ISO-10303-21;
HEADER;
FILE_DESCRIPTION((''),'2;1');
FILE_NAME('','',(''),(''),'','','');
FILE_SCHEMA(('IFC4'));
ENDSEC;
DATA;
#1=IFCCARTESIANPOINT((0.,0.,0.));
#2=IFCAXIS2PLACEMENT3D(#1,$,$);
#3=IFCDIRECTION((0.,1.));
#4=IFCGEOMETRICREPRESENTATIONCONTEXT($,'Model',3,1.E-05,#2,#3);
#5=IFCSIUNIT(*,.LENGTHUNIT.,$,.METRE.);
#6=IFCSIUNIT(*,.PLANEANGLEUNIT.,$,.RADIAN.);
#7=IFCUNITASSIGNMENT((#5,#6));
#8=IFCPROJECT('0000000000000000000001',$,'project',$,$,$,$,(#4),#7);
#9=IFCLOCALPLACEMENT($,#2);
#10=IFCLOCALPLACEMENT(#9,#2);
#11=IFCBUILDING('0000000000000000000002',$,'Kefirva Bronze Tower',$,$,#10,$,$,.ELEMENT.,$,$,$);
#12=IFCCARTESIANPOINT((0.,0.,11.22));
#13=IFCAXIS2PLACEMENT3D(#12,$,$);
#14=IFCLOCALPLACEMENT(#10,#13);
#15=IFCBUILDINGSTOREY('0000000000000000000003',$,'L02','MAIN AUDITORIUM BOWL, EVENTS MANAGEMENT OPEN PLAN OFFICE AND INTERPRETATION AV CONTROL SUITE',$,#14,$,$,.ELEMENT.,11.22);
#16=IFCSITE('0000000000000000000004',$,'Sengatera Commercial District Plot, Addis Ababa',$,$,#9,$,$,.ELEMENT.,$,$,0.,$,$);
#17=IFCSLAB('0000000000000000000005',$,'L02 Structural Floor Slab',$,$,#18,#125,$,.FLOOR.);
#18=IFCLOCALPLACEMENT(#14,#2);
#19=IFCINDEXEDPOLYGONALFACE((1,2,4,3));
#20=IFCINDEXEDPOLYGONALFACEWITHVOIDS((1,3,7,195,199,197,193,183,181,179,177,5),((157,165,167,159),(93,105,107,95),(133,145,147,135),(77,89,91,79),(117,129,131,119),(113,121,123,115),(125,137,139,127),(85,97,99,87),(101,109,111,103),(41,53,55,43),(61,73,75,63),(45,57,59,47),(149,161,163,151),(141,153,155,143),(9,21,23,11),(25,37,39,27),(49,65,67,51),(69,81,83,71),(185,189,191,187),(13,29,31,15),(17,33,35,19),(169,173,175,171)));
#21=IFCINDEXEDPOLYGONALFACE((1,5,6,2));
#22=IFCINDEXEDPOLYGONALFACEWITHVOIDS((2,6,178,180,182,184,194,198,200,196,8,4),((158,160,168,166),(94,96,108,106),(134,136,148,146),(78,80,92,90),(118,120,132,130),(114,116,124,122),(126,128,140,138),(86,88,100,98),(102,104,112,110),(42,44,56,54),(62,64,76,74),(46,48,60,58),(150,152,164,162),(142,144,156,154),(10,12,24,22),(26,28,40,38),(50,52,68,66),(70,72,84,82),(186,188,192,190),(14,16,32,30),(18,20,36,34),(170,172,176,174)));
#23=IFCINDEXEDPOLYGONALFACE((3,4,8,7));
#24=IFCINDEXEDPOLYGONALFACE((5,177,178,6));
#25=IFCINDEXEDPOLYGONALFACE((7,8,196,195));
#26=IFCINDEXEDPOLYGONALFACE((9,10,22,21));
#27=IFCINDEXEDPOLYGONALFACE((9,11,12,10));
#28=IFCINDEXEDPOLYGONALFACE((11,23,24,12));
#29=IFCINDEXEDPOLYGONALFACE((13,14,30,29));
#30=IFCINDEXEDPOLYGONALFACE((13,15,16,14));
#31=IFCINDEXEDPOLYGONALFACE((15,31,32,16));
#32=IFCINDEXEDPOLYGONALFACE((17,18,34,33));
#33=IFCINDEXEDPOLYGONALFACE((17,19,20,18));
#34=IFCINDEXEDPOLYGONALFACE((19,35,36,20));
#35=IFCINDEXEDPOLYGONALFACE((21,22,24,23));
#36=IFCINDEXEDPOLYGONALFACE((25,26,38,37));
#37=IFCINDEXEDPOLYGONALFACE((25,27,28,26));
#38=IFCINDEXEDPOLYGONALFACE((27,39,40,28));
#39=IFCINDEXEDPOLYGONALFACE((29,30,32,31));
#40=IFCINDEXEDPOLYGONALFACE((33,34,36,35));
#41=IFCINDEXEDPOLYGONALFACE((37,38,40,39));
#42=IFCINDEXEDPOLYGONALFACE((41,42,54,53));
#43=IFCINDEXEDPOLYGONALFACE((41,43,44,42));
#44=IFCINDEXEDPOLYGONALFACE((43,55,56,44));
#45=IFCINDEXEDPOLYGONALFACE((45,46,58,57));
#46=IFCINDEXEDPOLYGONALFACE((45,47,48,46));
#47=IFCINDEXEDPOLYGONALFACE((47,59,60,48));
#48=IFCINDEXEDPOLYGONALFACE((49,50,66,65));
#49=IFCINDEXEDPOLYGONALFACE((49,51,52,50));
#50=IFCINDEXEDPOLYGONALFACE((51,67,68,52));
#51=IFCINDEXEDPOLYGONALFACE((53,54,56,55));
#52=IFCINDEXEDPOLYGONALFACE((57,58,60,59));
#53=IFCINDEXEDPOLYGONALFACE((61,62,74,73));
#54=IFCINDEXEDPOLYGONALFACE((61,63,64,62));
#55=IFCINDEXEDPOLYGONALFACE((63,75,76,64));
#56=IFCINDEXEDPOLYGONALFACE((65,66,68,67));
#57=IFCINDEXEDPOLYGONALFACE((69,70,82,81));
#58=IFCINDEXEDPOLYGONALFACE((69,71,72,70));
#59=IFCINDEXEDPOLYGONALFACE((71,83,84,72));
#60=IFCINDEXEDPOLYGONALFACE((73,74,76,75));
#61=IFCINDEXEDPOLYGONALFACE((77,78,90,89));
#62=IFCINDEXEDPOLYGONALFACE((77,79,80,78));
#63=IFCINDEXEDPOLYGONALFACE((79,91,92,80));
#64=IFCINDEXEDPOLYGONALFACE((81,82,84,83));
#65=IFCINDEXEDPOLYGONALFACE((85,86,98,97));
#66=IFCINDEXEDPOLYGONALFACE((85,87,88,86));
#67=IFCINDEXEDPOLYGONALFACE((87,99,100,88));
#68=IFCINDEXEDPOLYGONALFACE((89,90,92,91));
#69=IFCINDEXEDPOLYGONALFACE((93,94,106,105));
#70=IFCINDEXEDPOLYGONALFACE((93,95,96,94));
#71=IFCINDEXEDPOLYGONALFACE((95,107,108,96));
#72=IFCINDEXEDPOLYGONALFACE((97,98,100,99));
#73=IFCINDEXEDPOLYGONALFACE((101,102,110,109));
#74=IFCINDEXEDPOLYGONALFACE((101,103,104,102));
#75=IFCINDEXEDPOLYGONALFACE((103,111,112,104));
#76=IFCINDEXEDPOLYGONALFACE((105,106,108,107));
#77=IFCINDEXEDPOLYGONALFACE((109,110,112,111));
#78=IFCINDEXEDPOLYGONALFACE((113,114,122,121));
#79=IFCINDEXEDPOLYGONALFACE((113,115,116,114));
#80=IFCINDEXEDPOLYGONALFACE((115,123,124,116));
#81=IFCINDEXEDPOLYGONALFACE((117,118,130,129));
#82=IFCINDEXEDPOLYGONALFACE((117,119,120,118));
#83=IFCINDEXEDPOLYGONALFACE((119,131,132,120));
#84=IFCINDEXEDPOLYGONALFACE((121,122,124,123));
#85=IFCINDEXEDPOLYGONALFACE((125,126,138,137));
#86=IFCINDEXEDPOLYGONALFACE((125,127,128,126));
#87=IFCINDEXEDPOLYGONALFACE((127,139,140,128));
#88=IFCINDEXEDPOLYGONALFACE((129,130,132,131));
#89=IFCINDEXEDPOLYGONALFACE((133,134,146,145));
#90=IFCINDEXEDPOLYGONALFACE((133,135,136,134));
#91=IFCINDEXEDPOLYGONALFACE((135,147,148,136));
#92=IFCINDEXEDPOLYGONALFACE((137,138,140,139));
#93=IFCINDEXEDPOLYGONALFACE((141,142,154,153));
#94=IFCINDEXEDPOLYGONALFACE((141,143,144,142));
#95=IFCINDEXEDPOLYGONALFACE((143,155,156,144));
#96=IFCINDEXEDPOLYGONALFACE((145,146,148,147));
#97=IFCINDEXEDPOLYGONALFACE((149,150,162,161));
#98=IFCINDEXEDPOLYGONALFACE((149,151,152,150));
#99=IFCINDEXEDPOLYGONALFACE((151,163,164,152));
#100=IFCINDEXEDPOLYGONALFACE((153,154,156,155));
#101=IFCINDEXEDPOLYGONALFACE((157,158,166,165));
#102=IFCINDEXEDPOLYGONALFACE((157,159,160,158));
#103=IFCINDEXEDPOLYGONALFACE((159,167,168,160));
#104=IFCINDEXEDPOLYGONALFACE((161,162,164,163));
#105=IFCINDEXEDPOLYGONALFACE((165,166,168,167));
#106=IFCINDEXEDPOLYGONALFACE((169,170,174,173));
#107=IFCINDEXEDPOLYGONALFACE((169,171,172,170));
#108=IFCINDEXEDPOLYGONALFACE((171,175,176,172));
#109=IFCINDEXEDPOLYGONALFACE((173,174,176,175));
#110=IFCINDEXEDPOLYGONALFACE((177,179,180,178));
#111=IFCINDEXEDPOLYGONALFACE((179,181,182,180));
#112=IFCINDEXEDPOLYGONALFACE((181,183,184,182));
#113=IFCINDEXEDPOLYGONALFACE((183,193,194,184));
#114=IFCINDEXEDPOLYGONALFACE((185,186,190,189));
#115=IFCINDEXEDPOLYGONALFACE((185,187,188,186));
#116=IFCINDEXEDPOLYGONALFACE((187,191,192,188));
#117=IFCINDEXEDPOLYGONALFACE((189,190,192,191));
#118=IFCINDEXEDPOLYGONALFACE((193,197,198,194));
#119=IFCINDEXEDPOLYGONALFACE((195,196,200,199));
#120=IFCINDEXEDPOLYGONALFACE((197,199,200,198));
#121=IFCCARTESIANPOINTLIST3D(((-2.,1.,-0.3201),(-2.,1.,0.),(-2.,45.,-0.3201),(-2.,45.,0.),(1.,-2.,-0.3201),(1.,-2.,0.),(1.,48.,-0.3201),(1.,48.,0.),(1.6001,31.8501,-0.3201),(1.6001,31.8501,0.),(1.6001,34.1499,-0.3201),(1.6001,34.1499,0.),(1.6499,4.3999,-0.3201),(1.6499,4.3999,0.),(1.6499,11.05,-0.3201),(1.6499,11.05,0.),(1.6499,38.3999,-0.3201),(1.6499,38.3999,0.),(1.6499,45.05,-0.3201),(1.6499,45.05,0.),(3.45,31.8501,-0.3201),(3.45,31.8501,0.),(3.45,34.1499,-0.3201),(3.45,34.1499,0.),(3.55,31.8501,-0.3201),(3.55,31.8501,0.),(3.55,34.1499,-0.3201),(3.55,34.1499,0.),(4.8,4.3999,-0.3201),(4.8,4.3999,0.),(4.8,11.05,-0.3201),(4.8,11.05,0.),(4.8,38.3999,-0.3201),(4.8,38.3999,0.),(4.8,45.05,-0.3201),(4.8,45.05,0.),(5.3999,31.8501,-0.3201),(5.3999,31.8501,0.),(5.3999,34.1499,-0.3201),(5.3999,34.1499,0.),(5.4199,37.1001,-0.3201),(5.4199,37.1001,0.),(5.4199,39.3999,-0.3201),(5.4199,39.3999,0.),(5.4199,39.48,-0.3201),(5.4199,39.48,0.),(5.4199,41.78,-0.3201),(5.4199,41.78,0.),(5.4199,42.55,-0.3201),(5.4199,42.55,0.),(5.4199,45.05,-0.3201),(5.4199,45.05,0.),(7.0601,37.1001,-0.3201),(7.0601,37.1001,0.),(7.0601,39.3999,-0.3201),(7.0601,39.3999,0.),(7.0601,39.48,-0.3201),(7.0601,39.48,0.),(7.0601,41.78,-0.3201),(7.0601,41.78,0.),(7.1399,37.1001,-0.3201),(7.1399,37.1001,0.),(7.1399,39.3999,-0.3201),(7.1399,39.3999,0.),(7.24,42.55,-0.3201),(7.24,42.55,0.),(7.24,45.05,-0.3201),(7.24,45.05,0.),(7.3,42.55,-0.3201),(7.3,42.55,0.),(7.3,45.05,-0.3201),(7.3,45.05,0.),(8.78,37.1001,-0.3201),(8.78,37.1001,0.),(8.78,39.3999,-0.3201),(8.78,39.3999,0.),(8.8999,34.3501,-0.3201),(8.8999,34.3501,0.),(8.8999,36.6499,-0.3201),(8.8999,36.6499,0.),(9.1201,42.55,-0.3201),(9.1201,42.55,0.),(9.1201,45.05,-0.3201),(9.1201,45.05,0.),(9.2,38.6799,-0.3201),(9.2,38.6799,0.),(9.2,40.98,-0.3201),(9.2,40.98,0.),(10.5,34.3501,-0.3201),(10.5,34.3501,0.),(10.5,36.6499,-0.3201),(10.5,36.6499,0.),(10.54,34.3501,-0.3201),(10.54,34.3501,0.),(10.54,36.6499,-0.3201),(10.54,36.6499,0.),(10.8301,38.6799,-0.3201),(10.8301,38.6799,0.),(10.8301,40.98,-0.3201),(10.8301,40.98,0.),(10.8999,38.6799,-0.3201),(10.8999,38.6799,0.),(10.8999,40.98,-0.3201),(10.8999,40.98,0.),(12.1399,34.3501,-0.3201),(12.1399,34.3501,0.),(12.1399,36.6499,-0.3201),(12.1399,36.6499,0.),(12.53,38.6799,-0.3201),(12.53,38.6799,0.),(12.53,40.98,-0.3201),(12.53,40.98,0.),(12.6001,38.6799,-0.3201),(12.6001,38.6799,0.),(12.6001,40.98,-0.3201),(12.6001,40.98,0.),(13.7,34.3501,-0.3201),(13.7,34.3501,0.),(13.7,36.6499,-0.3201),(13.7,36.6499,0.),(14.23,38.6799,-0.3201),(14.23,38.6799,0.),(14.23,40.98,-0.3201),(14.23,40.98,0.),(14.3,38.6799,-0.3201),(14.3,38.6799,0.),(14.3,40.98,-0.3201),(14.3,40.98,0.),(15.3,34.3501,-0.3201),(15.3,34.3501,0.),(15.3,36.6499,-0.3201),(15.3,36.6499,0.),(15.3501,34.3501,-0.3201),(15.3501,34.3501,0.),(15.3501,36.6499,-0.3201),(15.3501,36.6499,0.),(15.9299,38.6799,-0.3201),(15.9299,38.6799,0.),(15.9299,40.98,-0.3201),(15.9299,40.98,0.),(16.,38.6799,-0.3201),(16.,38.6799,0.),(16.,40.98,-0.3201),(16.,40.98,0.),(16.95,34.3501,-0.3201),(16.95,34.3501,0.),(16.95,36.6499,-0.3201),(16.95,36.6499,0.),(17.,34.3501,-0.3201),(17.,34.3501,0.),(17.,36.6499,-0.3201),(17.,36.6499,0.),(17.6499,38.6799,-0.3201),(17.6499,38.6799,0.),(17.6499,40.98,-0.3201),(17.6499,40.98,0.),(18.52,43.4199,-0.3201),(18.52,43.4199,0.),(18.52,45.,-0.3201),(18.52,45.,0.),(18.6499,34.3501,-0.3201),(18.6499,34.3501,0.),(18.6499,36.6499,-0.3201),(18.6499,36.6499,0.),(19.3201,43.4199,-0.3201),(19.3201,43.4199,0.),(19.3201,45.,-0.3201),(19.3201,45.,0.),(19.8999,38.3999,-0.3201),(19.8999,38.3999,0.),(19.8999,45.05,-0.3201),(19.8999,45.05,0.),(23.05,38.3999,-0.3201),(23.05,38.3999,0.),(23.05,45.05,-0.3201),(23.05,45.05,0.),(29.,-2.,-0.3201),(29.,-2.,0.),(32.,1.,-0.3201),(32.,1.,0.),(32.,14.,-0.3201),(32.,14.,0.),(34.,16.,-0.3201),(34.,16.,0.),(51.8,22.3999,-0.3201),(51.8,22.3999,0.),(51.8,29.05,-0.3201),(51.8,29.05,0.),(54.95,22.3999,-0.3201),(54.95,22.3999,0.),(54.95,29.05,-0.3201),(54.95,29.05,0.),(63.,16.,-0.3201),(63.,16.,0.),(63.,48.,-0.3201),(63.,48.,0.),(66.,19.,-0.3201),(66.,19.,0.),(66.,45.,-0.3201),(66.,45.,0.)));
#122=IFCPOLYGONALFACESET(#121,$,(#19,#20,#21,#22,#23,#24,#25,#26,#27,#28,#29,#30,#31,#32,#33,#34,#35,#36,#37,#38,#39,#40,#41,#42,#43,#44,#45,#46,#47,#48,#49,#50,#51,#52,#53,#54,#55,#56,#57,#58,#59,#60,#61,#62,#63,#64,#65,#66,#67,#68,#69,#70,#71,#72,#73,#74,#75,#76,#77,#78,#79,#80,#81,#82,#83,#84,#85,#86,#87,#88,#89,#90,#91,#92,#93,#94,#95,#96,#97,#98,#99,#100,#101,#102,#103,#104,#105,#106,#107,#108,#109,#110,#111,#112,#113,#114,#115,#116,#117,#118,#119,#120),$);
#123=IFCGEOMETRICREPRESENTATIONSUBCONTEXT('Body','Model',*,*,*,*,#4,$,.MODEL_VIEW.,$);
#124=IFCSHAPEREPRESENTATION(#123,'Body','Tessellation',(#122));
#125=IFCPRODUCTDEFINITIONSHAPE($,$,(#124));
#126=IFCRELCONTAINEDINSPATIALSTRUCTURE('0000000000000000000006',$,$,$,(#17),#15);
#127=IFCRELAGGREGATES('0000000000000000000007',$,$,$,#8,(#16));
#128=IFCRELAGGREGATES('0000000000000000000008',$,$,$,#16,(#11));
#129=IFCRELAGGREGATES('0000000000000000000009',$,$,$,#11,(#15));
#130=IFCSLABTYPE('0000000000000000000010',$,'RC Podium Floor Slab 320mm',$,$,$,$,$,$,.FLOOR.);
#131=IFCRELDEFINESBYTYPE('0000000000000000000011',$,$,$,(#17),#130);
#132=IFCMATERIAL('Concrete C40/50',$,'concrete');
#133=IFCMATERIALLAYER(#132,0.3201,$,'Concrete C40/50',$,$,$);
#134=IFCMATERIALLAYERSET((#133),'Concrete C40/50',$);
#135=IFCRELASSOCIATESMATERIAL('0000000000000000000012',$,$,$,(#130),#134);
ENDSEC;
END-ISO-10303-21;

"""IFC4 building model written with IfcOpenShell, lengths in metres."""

from ifc_helpers import new_model, si_unit, direction, frame, origin, place, context, subcontext, project, spatial, polyline, outline, extrude, material, layer, layer_set, type_object, element, save


model = new_model("IFC4")

# Units and contexts
model_context = context("Model", 3, precision=1e-05, world=origin(), true_north=direction((0.0, 1.0)))
body_context = subcontext(model_context, "Body", "Model", "MODEL_VIEW")
ifc_project = project(units=[si_unit("LENGTHUNIT", "METRE"), si_unit("PLANEANGLEUNIT", "RADIAN")], contexts=[model_context])

# Site, building, storey
site_placement = place(None, origin())
site = spatial("IfcSite", under=ifc_project, at=site_placement, Name="Sengatera Commercial District Plot, Addis Ababa", CompositionType="ELEMENT", RefElevation=0.0)
building_placement = place(site_placement, origin())
building = spatial("IfcBuilding", under=site, at=building_placement, Name="Kefirva Bronze Tower", CompositionType="ELEMENT")
storey_placement = place(building_placement, frame((0.0, 0.0, 11.22)))
storey = spatial("IfcBuildingStorey", under=building, at=storey_placement, Name="L02", Description="MAIN AUDITORIUM BOWL, EVENTS MANAGEMENT OPEN PLAN OFFICE AND INTERPRETATION AV CONTROL SUITE", CompositionType="ELEMENT", Elevation=11.22)

# Slab
ifc_material_1 = material(Name="Concrete C40/50", Category="concrete")
ifc_layer_1 = layer(ifc_material_1, 0.3201, Name="Concrete C40/50")
ifc_layer_set_1 = layer_set([ifc_layer_1], Name="Concrete C40/50")
slab_type_1 = type_object("IfcSlabType", Name="RC Podium Floor Slab 320mm", PredefinedType="FLOOR", material=ifc_layer_set_1)
slab_1_placement = place(storey_placement, frame((0.0, 0.0, -0.3201)))
element("IfcSlab", 1, at=slab_1_placement, inside=storey, type_object=slab_type_1, Name="L02 Structural Floor Slab", PredefinedType="FLOOR", context=body_context, shape_type="SweptSolid", body=[
    extrude(outline(polyline([(-2.0, 1.0), (-2.0, 45.0), (1.0, 48.0), (63.0, 48.0), (66.0, 45.0), (66.0, 19.0), (63.0, 16.0), (34.0, 16.0), (32.0, 14.0), (32.0, 1.0), (29.0, -2.0), (1.0, -2.0), (-2.0, 1.0)]), holes=[polyline([(54.95, 22.3999), (54.95, 29.05), (51.8, 29.05), (51.8, 22.3999), (54.95, 22.3999)]), polyline([(19.8999, 38.3999), (23.05, 38.3999), (23.05, 45.05), (19.8999, 45.05), (19.8999, 38.3999)]), polyline([(18.52, 43.4199), (19.3201, 43.4199), (19.3201, 45.0), (18.52, 45.0), (18.52, 43.4199)]), polyline([(17.0, 34.3501), (18.6499, 34.3501), (18.6499, 36.6499), (17.0, 36.6499), (17.0, 34.3501)]), polyline([(17.6499, 38.6799), (17.6499, 40.98), (16.0, 40.98), (16.0, 38.6799), (17.6499, 38.6799)]), polyline([(15.3501, 34.3501), (16.95, 34.3501), (16.95, 36.6499), (15.3501, 36.6499), (15.3501, 34.3501)]), polyline([(14.3, 38.6799), (15.9299, 38.6799), (15.9299, 40.98), (14.3, 40.98), (14.3, 38.6799)]), polyline([(15.3, 34.3501), (15.3, 36.6499), (13.7, 36.6499), (13.7, 34.3501), (15.3, 34.3501)]), polyline([(12.6001, 38.6799), (14.23, 38.6799), (14.23, 40.98), (12.6001, 40.98), (12.6001, 38.6799)]), polyline([(12.53, 38.6799), (12.53, 40.98), (10.8999, 40.98), (10.8999, 38.6799), (12.53, 38.6799)]), polyline([(12.1399, 34.3501), (12.1399, 36.6499), (10.54, 36.6499), (10.54, 34.3501), (12.1399, 34.3501)]), polyline([(9.2, 38.6799), (10.8301, 38.6799), (10.8301, 40.98), (9.2, 40.98), (9.2, 38.6799)]), polyline([(8.8999, 34.3501), (10.5, 34.3501), (10.5, 36.6499), (8.8999, 36.6499), (8.8999, 34.3501)]), polyline([(7.3, 42.55), (9.1201, 42.55), (9.1201, 45.05), (7.3, 45.05), (7.3, 42.55)]), polyline([(8.78, 37.1001), (8.78, 39.3999), (7.1399, 39.3999), (7.1399, 37.1001), (8.78, 37.1001)]), polyline([(5.4199, 42.55), (7.24, 42.55), (7.24, 45.05), (5.4199, 45.05), (5.4199, 42.55)]), polyline([(5.4199, 39.48), (7.0601, 39.48), (7.0601, 41.78), (5.4199, 41.78), (5.4199, 39.48)]), polyline([(5.4199, 37.1001), (7.0601, 37.1001), (7.0601, 39.3999), (5.4199, 39.3999), (5.4199, 37.1001)]), polyline([(5.3999, 31.8501), (5.3999, 34.1499), (3.55, 34.1499), (3.55, 31.8501), (5.3999, 31.8501)]), polyline([(4.8, 38.3999), (4.8, 45.05), (1.6499, 45.05), (1.6499, 38.3999), (4.8, 38.3999)]), polyline([(4.8, 4.3999), (4.8, 11.05), (1.6499, 11.05), (1.6499, 4.3999), (4.8, 4.3999)]), polyline([(3.45, 31.8501), (3.45, 34.1499), (1.6001, 34.1499), (1.6001, 31.8501), (3.45, 31.8501)])]), origin(), (0.0, 0.0, 1.0), 0.3201),
])

save(model, "model.ifc")
